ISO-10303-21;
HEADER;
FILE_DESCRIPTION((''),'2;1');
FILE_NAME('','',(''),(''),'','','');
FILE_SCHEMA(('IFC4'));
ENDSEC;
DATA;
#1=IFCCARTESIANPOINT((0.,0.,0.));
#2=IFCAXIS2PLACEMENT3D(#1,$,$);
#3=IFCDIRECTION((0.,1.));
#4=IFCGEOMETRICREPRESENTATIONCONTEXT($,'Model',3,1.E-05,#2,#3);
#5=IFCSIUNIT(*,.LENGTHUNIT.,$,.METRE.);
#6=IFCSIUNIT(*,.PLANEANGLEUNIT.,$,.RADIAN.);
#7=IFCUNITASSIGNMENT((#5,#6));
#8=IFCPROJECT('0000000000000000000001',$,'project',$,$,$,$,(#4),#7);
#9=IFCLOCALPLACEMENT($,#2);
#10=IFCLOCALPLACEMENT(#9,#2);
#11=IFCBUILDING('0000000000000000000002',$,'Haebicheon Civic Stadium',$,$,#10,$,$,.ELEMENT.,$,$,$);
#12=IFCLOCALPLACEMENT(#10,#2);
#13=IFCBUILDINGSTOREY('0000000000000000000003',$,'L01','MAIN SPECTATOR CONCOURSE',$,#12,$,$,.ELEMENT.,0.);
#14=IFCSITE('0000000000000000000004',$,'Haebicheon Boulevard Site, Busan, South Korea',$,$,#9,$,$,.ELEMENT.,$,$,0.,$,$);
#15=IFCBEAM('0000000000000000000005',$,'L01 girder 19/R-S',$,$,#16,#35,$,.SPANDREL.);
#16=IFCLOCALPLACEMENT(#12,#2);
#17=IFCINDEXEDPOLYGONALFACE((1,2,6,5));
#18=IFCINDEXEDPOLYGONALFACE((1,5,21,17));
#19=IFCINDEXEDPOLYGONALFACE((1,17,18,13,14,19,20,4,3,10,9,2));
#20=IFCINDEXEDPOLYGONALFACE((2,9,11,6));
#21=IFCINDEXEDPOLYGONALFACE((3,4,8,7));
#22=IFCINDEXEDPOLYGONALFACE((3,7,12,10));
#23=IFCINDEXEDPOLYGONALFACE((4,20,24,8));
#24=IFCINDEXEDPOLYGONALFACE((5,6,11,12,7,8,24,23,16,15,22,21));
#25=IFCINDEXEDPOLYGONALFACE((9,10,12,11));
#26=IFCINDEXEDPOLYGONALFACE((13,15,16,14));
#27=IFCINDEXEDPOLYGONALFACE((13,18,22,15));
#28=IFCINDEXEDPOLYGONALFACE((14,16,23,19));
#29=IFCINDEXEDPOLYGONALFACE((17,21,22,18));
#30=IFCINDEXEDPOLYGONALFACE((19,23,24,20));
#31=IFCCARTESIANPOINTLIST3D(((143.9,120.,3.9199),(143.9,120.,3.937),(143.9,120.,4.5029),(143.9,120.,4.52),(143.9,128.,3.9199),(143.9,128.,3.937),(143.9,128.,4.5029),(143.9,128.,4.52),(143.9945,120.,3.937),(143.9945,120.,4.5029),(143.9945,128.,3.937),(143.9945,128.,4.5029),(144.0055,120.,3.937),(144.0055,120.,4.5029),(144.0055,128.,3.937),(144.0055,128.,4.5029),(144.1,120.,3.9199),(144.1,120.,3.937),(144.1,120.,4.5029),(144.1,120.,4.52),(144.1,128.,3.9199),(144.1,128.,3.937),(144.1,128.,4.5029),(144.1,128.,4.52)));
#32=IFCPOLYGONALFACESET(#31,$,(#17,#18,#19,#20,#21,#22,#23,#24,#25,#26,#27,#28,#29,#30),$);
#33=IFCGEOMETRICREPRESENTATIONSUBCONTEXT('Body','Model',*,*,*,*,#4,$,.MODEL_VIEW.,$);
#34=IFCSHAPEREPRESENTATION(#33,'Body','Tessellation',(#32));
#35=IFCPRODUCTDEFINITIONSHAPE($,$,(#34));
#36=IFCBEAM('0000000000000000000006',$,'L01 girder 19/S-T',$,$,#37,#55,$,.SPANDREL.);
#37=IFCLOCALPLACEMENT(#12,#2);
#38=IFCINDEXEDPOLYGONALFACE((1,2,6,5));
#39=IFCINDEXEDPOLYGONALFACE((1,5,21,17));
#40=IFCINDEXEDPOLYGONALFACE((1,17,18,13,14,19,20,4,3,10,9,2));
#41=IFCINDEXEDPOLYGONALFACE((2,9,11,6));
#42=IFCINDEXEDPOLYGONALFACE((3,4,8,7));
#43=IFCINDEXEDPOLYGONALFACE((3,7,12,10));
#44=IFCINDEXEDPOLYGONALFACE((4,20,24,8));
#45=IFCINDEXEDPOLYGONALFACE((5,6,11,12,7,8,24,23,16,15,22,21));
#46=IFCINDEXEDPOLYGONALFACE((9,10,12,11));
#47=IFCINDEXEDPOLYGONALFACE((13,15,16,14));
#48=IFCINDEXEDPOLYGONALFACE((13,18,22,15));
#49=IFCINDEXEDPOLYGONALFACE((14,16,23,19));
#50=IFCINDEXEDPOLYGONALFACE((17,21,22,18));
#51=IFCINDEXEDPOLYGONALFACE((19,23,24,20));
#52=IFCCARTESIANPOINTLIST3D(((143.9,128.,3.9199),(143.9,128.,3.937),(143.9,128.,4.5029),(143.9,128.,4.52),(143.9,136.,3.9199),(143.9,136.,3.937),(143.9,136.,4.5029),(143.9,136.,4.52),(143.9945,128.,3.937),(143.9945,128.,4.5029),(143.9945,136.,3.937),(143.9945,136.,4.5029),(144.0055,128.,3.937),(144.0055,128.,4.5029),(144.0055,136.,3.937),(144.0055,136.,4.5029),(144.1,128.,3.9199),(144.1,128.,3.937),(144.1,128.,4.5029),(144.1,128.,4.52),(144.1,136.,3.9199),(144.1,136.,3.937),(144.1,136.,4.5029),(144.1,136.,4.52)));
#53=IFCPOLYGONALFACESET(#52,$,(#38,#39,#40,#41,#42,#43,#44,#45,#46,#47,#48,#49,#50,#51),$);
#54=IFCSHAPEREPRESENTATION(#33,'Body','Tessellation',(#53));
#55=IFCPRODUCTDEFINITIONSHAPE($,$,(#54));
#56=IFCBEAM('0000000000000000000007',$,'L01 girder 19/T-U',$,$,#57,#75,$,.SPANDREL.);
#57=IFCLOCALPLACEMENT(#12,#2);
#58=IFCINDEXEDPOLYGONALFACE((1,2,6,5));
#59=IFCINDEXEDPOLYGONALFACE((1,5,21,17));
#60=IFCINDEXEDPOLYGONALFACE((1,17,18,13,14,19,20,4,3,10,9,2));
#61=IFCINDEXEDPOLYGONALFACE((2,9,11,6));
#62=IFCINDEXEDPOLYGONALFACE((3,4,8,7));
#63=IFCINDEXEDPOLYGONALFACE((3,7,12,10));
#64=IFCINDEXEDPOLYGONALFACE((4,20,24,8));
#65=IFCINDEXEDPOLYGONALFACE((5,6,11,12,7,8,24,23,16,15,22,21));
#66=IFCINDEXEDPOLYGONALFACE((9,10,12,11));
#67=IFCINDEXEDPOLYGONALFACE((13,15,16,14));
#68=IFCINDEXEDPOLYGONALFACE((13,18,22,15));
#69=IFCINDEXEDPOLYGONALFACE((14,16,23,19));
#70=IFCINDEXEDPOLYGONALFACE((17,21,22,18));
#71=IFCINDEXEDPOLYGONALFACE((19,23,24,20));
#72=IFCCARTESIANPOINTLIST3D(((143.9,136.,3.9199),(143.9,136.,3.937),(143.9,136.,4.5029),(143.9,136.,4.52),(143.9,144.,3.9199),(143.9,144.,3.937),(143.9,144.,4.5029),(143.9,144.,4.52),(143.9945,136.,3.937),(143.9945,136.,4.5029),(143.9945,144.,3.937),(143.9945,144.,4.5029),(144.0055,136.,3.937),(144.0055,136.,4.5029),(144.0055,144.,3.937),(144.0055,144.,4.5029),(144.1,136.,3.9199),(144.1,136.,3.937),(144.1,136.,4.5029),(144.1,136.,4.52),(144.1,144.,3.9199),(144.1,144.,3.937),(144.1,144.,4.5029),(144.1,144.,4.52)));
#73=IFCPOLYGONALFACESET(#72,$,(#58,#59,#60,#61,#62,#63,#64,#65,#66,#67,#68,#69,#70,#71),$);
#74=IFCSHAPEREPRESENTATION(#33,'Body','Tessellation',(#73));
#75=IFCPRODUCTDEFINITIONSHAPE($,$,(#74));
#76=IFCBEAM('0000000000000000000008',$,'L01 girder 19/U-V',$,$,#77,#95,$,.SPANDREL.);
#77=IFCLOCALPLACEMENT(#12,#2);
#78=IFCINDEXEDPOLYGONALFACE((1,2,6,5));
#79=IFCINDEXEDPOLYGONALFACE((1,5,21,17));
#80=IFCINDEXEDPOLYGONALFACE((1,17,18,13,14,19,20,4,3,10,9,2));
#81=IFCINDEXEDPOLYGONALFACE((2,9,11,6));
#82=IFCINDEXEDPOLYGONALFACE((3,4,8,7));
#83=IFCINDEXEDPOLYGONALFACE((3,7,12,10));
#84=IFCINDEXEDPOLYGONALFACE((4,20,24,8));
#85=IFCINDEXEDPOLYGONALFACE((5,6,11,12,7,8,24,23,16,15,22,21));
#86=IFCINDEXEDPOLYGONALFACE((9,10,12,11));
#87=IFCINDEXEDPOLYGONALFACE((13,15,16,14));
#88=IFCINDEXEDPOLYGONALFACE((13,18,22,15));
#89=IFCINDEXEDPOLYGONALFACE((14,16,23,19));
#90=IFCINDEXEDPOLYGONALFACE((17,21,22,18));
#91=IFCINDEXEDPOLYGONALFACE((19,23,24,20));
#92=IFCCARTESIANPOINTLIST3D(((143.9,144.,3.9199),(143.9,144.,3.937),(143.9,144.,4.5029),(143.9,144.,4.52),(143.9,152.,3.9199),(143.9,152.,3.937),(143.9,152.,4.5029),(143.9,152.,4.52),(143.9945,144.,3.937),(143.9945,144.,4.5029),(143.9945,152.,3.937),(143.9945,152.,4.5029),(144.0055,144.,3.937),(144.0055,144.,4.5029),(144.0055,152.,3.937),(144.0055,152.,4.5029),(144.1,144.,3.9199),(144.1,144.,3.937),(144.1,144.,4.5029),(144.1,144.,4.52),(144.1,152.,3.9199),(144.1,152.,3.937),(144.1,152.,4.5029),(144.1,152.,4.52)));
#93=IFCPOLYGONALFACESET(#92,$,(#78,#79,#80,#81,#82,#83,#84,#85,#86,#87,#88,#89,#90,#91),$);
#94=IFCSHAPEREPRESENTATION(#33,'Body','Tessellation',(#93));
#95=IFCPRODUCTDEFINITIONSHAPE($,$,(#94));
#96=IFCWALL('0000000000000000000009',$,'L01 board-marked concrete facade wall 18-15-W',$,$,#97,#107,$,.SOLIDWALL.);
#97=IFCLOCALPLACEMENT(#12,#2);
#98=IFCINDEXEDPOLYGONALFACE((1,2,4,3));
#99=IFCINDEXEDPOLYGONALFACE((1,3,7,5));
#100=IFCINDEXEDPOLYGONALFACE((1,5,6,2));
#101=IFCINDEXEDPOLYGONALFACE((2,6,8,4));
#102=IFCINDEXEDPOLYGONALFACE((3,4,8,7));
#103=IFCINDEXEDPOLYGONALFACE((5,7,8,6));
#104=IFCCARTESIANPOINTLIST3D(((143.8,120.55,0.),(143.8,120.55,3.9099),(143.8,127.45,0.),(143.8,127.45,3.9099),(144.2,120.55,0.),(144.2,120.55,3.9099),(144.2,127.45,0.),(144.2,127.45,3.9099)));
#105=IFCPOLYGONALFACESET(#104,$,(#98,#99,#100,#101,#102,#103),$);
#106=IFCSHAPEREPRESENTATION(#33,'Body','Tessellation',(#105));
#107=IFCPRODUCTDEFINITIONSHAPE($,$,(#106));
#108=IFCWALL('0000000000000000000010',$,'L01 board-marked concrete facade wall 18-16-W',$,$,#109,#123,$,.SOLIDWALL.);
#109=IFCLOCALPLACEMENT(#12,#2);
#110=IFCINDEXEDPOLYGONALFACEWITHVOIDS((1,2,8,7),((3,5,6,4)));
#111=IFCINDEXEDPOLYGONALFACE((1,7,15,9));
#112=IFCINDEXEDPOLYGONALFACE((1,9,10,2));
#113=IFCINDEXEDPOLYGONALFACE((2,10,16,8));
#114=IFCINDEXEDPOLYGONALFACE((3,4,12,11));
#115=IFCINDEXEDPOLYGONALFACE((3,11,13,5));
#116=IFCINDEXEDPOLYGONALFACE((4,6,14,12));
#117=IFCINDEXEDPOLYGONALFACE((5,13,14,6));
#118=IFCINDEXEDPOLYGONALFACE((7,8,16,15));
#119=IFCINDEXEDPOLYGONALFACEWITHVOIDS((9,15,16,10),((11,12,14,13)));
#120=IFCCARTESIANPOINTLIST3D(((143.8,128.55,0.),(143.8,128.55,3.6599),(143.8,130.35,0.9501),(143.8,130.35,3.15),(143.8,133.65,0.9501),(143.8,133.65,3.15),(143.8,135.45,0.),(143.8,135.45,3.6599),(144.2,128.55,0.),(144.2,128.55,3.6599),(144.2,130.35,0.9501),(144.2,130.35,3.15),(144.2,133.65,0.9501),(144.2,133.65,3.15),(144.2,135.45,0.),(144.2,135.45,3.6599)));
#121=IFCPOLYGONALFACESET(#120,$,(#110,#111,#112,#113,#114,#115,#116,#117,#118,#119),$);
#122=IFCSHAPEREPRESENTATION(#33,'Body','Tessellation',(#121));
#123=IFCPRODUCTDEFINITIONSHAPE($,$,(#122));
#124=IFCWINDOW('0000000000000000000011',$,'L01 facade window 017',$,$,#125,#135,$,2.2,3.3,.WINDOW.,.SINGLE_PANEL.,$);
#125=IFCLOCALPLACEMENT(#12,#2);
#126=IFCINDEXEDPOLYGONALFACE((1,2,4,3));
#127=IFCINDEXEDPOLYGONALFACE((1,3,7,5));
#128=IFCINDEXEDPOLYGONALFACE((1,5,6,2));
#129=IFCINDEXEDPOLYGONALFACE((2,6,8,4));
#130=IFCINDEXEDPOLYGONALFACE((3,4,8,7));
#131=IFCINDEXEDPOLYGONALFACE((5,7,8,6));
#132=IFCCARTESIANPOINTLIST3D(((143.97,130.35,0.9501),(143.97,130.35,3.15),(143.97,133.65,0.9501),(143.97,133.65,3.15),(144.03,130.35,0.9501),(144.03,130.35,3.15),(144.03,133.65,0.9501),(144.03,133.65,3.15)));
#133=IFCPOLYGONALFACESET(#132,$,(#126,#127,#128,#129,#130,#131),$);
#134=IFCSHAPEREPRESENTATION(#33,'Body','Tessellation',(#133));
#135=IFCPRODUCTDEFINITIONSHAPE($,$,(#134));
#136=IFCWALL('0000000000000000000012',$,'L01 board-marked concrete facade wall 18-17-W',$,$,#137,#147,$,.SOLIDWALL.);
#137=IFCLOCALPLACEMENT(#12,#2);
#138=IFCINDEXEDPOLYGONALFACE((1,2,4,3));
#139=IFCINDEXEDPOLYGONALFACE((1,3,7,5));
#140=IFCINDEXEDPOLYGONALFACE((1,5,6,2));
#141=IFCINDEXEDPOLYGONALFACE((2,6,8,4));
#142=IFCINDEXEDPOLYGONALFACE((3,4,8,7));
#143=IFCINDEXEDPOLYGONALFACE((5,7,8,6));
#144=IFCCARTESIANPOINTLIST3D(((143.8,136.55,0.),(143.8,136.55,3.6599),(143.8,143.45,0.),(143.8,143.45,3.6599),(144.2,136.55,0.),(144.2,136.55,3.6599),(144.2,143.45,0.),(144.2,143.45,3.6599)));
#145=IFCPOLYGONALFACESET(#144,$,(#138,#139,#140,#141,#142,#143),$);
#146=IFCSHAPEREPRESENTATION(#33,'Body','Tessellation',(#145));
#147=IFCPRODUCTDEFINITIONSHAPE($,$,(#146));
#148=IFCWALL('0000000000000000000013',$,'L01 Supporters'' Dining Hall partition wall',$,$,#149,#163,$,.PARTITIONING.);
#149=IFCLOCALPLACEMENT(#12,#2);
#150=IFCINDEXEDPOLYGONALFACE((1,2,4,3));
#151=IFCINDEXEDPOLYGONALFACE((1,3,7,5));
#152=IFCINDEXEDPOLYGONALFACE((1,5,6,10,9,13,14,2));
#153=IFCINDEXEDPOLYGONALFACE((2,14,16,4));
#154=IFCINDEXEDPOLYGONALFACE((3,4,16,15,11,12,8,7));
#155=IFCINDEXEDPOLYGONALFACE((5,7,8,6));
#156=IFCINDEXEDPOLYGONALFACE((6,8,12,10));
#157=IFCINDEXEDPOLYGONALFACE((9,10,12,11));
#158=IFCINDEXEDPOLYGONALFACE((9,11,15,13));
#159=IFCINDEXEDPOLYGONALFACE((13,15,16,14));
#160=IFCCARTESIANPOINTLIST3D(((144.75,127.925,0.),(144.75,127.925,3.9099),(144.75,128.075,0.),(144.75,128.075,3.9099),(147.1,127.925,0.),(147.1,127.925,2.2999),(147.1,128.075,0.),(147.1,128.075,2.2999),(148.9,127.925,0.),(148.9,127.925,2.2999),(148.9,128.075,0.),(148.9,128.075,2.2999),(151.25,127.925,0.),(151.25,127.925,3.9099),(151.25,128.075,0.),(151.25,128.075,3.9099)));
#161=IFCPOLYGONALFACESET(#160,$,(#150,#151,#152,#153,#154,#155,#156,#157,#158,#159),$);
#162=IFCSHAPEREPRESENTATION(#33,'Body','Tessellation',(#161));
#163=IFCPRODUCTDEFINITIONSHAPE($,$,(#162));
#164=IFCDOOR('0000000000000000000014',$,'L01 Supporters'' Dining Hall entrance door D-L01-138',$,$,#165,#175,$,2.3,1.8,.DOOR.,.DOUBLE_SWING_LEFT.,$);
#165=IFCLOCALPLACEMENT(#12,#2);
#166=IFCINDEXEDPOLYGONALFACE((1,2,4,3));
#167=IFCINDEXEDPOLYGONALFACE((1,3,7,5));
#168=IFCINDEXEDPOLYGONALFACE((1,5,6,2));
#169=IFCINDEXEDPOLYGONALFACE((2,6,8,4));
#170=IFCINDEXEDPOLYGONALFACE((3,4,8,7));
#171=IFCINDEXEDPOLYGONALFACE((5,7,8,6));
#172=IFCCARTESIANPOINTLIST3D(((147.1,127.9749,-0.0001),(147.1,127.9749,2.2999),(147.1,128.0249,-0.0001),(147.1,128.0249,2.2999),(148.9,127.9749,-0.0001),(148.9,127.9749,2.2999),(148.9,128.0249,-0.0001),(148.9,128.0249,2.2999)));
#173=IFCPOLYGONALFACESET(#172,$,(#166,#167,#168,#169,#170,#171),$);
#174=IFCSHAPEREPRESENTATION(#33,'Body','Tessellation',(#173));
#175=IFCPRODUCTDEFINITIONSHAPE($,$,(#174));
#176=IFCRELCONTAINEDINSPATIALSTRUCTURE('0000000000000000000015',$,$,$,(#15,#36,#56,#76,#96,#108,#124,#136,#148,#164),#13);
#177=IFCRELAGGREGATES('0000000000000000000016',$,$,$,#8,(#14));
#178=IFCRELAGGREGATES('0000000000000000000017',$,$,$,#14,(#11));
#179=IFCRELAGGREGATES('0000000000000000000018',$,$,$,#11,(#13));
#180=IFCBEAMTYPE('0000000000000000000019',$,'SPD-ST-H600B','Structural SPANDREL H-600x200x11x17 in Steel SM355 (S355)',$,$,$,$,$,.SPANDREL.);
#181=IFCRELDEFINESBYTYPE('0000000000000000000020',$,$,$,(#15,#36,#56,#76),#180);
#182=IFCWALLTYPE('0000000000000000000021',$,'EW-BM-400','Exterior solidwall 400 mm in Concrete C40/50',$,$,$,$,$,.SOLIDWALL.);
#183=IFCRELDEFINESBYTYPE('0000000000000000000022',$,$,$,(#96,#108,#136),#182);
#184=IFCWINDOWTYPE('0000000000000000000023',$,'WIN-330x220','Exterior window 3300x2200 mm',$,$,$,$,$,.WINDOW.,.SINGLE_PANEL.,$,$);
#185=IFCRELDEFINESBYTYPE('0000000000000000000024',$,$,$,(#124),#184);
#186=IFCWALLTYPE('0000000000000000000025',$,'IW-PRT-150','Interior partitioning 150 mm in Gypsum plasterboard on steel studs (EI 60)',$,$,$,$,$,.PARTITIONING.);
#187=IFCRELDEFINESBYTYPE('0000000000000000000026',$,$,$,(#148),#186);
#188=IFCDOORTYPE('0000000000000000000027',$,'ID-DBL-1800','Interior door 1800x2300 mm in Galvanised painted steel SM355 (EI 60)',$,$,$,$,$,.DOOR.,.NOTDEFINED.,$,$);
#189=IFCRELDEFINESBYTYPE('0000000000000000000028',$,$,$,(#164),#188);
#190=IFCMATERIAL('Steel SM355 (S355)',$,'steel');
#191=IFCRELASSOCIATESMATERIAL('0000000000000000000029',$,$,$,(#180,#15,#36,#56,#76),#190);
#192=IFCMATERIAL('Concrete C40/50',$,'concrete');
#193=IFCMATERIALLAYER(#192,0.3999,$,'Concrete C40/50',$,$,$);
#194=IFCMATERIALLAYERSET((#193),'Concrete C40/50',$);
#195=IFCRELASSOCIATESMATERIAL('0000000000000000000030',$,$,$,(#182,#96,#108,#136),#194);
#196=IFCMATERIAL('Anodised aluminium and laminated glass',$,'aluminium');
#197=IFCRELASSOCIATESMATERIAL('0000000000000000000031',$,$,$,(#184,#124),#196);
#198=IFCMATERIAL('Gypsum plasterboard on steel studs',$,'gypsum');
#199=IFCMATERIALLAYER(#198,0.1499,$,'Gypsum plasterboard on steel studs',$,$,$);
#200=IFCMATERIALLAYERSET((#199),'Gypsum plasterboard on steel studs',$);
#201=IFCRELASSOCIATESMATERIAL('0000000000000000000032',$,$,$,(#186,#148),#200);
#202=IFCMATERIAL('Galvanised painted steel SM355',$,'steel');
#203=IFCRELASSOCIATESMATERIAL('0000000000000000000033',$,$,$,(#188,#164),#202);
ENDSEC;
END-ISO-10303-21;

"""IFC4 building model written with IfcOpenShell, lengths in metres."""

from ifc_helpers import new_model, si_unit, direction, frame, frame_2d, origin, origin_2d, place, context, subcontext, project, spatial, rectangle, i_section, extrude, material, layer, layer_set, material_profile, profile_set, type_object, element, fill, save


model = new_model("IFC4")

# Units and contexts
model_context = context("Model", 3, precision=1e-05, world=origin(), true_north=direction((0.0, 1.0)))
body_context = subcontext(model_context, "Body", "Model", "MODEL_VIEW")
ifc_project = project(units=[si_unit("LENGTHUNIT", "METRE"), si_unit("PLANEANGLEUNIT", "RADIAN")], contexts=[model_context])

# Site, building, storey
site_placement = place(None, origin())
site = spatial("IfcSite", under=ifc_project, at=site_placement, Name="Haebicheon Boulevard Site, Busan, South Korea", CompositionType="ELEMENT", RefElevation=0.0)
building_placement = place(site_placement, origin())
building = spatial("IfcBuilding", under=site, at=building_placement, Name="Haebicheon Civic Stadium", CompositionType="ELEMENT")
storey_placement = place(building_placement, origin())
storey = spatial("IfcBuildingStorey", under=building, at=storey_placement, Name="L01", Description="MAIN SPECTATOR CONCOURSE", CompositionType="ELEMENT", Elevation=0.0)

# Beams
ifc_material_1 = material(Name="Steel SM355 (S355)", Category="steel")
ifc_material_profile_1 = material_profile(ifc_material_1, i_section(OverallWidth=0.2, OverallDepth=0.6001, WebThickness=0.011, FlangeThickness=0.0171, at=origin_2d()), Name="H-600x200x11x17")
ifc_profile_set_1 = profile_set([ifc_material_profile_1], Name="Steel SM355 (S355)")
beam_type_1 = type_object("IfcBeamType", Name="SPD-ST-H600B", Description="Structural SPANDREL H-600x200x11x17 in Steel SM355 (S355)", PredefinedType="SPANDREL", material=ifc_profile_set_1)
for number, where, z_axis, x_axis, name in (
    (1, (144.0, 120.0, 4.22), (0.0, 1.0, 0.0), (-1.0, 0.0, 0.0), "L01 girder 19/R-S"),
    (2, (144.0, 128.0, 4.22), (0.0, 1.0, 0.0), (-1.0, 0.0, 0.0), "L01 girder 19/S-T"),
    (3, (144.0, 136.0, 4.22), (0.0, 1.0, 0.0), (-1.0, 0.0, 0.0), "L01 girder 19/T-U"),
    (4, (144.0, 144.0, 4.22), (0.0, 1.0, 0.0), (-1.0, 0.0, 0.0), "L01 girder 19/U-V"),
):
    element("IfcBeam", number, at=place(storey_placement, frame(where, z_axis=z_axis, x_axis=x_axis)), inside=storey, type_object=beam_type_1, material=ifc_profile_set_1, Name=name, PredefinedType="SPANDREL", context=body_context, shape_type="SweptSolid", body=[
        extrude(i_section(OverallWidth=0.2, OverallDepth=0.6001, WebThickness=0.011, FlangeThickness=0.0171, at=origin_2d()), origin(), (0.0, 0.0, 1.0), 8.0),
    ])

# Wall
ifc_material_2 = material(Name="Concrete C40/50", Category="concrete")
ifc_layer_1 = layer(ifc_material_2, 0.3999, Name="Concrete C40/50")
ifc_layer_set_1 = layer_set([ifc_layer_1], Name="Concrete C40/50")
wall_type_1 = type_object("IfcWallType", Name="EW-BM-400", Description="Exterior solidwall 400 mm in Concrete C40/50", PredefinedType="SOLIDWALL", material=ifc_layer_set_1)
wall_1_placement = place(storey_placement, frame((144.0, 120.55, 0.0), z_axis=(0.0, 0.0, 1.0), x_axis=(0.0, 1.0, 0.0)))
element("IfcWall", 5, at=wall_1_placement, inside=storey, type_object=wall_type_1, material=ifc_layer_set_1, Name="L01 board-marked concrete facade wall 18-15-W", PredefinedType="SOLIDWALL", context=body_context, shape_type="SweptSolid", body=[
    extrude(rectangle(XDim=6.8999, YDim=0.3999, at=frame_2d((3.45, 0.0))), origin(), (0.0, 0.0, 1.0), 3.9099),
])

# Wall, opening, window
wall_2_placement = place(storey_placement, frame((144.0, 128.55, 0.0), z_axis=(0.0, 0.0, 1.0), x_axis=(0.0, 1.0, 0.0)))
wall_2 = element("IfcWall", 6, at=wall_2_placement, inside=storey, type_object=wall_type_1, material=ifc_layer_set_1, Name="L01 board-marked concrete facade wall 18-16-W", PredefinedType="SOLIDWALL", context=body_context, shape_type="SweptSolid", body=[
    extrude(rectangle(XDim=6.8999, YDim=0.3999, at=frame_2d((3.45, 0.0))), origin(), (0.0, 0.0, 1.0), 3.6599),
])
opening_1_placement = place(wall_2_placement, frame((1.8, 0.0, 0.95)))
opening_1 = element("IfcOpeningElement", 7, at=opening_1_placement, cuts=wall_2, PredefinedType="OPENING", context=body_context, shape_type="SweptSolid", body=[
    extrude(rectangle(XDim=3.3, YDim=2.2, at=frame_2d((1.6499, 1.1001))), frame((0.0, 0.21, 0.0), z_axis=(0.0, -1.0, 0.0), x_axis=(1.0, 0.0, 0.0)), (0.0, 0.0, 1.0), 0.4199),
])
ifc_material_3 = material(Name="Anodised aluminium and laminated glass", Category="aluminium")
window_type = type_object("IfcWindowType", Name="WIN-330x220", Description="Exterior window 3300x2200 mm", PartitioningType="SINGLE_PANEL", PredefinedType="WINDOW", material=ifc_material_3)
window_placement = place(opening_1_placement, origin())
window = element("IfcWindow", 8, at=window_placement, inside=storey, type_object=window_type, material=ifc_material_3, Name="L01 facade window 017", OverallHeight=2.2, OverallWidth=3.3, PartitioningType="SINGLE_PANEL", PredefinedType="WINDOW", context=body_context, shape_type="SweptSolid", body=[
    extrude(rectangle(XDim=3.3, YDim=2.2, at=frame_2d((1.6499, 1.1001))), frame((0.0, 0.03, 0.0), z_axis=(0.0, -1.0, 0.0), x_axis=(1.0, 0.0, 0.0)), (0.0, 0.0, 1.0), 0.0601),
])
fill(opening_1, window)

# Wall
wall_3_placement = place(storey_placement, frame((144.0, 136.55, 0.0), z_axis=(0.0, 0.0, 1.0), x_axis=(0.0, 1.0, 0.0)))
element("IfcWall", 9, at=wall_3_placement, inside=storey, type_object=wall_type_1, material=ifc_layer_set_1, Name="L01 board-marked concrete facade wall 18-17-W", PredefinedType="SOLIDWALL", context=body_context, shape_type="SweptSolid", body=[
    extrude(rectangle(XDim=6.8999, YDim=0.3999, at=frame_2d((3.45, 0.0))), origin(), (0.0, 0.0, 1.0), 3.6599),
])

# Wall, opening, door
ifc_material_4 = material(Name="Gypsum plasterboard on steel studs", Category="gypsum")
ifc_layer_2 = layer(ifc_material_4, 0.1499, Name="Gypsum plasterboard on steel studs")
ifc_layer_set_2 = layer_set([ifc_layer_2], Name="Gypsum plasterboard on steel studs")
wall_type_2 = type_object("IfcWallType", Name="IW-PRT-150", Description="Interior partitioning 150 mm in Gypsum plasterboard on steel studs (EI 60)", PredefinedType="PARTITIONING", material=ifc_layer_set_2)
wall_4_placement = place(storey_placement, frame((144.75, 128.0, 0.0), z_axis=(0.0, 0.0, 1.0), x_axis=(1.0, 0.0, 0.0)))
wall_4 = element("IfcWall", 10, at=wall_4_placement, inside=storey, type_object=wall_type_2, material=ifc_layer_set_2, Name="L01 Supporters' Dining Hall partition wall", PredefinedType="PARTITIONING", context=body_context, shape_type="SweptSolid", body=[
    extrude(rectangle(XDim=6.5, YDim=0.1499, at=frame_2d((3.25, 0.0))), origin(), (0.0, 0.0, 1.0), 3.9099),
])
opening_2_placement = place(wall_4_placement, frame((2.3501, 0.0, 0.0)))
opening_2 = element("IfcOpeningElement", 11, at=opening_2_placement, cuts=wall_4, PredefinedType="OPENING", context=body_context, shape_type="SweptSolid", body=[
    extrude(rectangle(XDim=1.8, YDim=2.3, at=frame_2d((0.8999, 1.1499))), frame((0.0, 0.085, 0.0), z_axis=(0.0, -1.0, 0.0), x_axis=(1.0, 0.0, 0.0)), (0.0, 0.0, 1.0), 0.1699),
])
ifc_material_5 = material(Name="Galvanised painted steel SM355", Category="steel")
door_type = type_object("IfcDoorType", Name="ID-DBL-1800", Description="Interior door 1800x2300 mm in Galvanised painted steel SM355 (EI 60)", OperationType="NOTDEFINED", PredefinedType="DOOR", material=ifc_material_5)
door_placement = place(opening_2_placement, origin())
door = element("IfcDoor", 12, at=door_placement, inside=storey, type_object=door_type, material=ifc_material_5, Name="L01 Supporters' Dining Hall entrance door D-L01-138", OperationType="DOUBLE_SWING_LEFT", OverallHeight=2.3, OverallWidth=1.8, PredefinedType="DOOR", context=body_context, shape_type="SweptSolid", body=[
    extrude(rectangle(XDim=1.8, YDim=2.3, at=frame_2d((0.8999, 1.1499))), frame((0.0, 0.0249, 0.0), z_axis=(0.0, -1.0, 0.0), x_axis=(1.0, 0.0, 0.0)), (0.0, 0.0, 1.0), 0.05),
])
fill(opening_2, door)

save(model, "model.ifc")
